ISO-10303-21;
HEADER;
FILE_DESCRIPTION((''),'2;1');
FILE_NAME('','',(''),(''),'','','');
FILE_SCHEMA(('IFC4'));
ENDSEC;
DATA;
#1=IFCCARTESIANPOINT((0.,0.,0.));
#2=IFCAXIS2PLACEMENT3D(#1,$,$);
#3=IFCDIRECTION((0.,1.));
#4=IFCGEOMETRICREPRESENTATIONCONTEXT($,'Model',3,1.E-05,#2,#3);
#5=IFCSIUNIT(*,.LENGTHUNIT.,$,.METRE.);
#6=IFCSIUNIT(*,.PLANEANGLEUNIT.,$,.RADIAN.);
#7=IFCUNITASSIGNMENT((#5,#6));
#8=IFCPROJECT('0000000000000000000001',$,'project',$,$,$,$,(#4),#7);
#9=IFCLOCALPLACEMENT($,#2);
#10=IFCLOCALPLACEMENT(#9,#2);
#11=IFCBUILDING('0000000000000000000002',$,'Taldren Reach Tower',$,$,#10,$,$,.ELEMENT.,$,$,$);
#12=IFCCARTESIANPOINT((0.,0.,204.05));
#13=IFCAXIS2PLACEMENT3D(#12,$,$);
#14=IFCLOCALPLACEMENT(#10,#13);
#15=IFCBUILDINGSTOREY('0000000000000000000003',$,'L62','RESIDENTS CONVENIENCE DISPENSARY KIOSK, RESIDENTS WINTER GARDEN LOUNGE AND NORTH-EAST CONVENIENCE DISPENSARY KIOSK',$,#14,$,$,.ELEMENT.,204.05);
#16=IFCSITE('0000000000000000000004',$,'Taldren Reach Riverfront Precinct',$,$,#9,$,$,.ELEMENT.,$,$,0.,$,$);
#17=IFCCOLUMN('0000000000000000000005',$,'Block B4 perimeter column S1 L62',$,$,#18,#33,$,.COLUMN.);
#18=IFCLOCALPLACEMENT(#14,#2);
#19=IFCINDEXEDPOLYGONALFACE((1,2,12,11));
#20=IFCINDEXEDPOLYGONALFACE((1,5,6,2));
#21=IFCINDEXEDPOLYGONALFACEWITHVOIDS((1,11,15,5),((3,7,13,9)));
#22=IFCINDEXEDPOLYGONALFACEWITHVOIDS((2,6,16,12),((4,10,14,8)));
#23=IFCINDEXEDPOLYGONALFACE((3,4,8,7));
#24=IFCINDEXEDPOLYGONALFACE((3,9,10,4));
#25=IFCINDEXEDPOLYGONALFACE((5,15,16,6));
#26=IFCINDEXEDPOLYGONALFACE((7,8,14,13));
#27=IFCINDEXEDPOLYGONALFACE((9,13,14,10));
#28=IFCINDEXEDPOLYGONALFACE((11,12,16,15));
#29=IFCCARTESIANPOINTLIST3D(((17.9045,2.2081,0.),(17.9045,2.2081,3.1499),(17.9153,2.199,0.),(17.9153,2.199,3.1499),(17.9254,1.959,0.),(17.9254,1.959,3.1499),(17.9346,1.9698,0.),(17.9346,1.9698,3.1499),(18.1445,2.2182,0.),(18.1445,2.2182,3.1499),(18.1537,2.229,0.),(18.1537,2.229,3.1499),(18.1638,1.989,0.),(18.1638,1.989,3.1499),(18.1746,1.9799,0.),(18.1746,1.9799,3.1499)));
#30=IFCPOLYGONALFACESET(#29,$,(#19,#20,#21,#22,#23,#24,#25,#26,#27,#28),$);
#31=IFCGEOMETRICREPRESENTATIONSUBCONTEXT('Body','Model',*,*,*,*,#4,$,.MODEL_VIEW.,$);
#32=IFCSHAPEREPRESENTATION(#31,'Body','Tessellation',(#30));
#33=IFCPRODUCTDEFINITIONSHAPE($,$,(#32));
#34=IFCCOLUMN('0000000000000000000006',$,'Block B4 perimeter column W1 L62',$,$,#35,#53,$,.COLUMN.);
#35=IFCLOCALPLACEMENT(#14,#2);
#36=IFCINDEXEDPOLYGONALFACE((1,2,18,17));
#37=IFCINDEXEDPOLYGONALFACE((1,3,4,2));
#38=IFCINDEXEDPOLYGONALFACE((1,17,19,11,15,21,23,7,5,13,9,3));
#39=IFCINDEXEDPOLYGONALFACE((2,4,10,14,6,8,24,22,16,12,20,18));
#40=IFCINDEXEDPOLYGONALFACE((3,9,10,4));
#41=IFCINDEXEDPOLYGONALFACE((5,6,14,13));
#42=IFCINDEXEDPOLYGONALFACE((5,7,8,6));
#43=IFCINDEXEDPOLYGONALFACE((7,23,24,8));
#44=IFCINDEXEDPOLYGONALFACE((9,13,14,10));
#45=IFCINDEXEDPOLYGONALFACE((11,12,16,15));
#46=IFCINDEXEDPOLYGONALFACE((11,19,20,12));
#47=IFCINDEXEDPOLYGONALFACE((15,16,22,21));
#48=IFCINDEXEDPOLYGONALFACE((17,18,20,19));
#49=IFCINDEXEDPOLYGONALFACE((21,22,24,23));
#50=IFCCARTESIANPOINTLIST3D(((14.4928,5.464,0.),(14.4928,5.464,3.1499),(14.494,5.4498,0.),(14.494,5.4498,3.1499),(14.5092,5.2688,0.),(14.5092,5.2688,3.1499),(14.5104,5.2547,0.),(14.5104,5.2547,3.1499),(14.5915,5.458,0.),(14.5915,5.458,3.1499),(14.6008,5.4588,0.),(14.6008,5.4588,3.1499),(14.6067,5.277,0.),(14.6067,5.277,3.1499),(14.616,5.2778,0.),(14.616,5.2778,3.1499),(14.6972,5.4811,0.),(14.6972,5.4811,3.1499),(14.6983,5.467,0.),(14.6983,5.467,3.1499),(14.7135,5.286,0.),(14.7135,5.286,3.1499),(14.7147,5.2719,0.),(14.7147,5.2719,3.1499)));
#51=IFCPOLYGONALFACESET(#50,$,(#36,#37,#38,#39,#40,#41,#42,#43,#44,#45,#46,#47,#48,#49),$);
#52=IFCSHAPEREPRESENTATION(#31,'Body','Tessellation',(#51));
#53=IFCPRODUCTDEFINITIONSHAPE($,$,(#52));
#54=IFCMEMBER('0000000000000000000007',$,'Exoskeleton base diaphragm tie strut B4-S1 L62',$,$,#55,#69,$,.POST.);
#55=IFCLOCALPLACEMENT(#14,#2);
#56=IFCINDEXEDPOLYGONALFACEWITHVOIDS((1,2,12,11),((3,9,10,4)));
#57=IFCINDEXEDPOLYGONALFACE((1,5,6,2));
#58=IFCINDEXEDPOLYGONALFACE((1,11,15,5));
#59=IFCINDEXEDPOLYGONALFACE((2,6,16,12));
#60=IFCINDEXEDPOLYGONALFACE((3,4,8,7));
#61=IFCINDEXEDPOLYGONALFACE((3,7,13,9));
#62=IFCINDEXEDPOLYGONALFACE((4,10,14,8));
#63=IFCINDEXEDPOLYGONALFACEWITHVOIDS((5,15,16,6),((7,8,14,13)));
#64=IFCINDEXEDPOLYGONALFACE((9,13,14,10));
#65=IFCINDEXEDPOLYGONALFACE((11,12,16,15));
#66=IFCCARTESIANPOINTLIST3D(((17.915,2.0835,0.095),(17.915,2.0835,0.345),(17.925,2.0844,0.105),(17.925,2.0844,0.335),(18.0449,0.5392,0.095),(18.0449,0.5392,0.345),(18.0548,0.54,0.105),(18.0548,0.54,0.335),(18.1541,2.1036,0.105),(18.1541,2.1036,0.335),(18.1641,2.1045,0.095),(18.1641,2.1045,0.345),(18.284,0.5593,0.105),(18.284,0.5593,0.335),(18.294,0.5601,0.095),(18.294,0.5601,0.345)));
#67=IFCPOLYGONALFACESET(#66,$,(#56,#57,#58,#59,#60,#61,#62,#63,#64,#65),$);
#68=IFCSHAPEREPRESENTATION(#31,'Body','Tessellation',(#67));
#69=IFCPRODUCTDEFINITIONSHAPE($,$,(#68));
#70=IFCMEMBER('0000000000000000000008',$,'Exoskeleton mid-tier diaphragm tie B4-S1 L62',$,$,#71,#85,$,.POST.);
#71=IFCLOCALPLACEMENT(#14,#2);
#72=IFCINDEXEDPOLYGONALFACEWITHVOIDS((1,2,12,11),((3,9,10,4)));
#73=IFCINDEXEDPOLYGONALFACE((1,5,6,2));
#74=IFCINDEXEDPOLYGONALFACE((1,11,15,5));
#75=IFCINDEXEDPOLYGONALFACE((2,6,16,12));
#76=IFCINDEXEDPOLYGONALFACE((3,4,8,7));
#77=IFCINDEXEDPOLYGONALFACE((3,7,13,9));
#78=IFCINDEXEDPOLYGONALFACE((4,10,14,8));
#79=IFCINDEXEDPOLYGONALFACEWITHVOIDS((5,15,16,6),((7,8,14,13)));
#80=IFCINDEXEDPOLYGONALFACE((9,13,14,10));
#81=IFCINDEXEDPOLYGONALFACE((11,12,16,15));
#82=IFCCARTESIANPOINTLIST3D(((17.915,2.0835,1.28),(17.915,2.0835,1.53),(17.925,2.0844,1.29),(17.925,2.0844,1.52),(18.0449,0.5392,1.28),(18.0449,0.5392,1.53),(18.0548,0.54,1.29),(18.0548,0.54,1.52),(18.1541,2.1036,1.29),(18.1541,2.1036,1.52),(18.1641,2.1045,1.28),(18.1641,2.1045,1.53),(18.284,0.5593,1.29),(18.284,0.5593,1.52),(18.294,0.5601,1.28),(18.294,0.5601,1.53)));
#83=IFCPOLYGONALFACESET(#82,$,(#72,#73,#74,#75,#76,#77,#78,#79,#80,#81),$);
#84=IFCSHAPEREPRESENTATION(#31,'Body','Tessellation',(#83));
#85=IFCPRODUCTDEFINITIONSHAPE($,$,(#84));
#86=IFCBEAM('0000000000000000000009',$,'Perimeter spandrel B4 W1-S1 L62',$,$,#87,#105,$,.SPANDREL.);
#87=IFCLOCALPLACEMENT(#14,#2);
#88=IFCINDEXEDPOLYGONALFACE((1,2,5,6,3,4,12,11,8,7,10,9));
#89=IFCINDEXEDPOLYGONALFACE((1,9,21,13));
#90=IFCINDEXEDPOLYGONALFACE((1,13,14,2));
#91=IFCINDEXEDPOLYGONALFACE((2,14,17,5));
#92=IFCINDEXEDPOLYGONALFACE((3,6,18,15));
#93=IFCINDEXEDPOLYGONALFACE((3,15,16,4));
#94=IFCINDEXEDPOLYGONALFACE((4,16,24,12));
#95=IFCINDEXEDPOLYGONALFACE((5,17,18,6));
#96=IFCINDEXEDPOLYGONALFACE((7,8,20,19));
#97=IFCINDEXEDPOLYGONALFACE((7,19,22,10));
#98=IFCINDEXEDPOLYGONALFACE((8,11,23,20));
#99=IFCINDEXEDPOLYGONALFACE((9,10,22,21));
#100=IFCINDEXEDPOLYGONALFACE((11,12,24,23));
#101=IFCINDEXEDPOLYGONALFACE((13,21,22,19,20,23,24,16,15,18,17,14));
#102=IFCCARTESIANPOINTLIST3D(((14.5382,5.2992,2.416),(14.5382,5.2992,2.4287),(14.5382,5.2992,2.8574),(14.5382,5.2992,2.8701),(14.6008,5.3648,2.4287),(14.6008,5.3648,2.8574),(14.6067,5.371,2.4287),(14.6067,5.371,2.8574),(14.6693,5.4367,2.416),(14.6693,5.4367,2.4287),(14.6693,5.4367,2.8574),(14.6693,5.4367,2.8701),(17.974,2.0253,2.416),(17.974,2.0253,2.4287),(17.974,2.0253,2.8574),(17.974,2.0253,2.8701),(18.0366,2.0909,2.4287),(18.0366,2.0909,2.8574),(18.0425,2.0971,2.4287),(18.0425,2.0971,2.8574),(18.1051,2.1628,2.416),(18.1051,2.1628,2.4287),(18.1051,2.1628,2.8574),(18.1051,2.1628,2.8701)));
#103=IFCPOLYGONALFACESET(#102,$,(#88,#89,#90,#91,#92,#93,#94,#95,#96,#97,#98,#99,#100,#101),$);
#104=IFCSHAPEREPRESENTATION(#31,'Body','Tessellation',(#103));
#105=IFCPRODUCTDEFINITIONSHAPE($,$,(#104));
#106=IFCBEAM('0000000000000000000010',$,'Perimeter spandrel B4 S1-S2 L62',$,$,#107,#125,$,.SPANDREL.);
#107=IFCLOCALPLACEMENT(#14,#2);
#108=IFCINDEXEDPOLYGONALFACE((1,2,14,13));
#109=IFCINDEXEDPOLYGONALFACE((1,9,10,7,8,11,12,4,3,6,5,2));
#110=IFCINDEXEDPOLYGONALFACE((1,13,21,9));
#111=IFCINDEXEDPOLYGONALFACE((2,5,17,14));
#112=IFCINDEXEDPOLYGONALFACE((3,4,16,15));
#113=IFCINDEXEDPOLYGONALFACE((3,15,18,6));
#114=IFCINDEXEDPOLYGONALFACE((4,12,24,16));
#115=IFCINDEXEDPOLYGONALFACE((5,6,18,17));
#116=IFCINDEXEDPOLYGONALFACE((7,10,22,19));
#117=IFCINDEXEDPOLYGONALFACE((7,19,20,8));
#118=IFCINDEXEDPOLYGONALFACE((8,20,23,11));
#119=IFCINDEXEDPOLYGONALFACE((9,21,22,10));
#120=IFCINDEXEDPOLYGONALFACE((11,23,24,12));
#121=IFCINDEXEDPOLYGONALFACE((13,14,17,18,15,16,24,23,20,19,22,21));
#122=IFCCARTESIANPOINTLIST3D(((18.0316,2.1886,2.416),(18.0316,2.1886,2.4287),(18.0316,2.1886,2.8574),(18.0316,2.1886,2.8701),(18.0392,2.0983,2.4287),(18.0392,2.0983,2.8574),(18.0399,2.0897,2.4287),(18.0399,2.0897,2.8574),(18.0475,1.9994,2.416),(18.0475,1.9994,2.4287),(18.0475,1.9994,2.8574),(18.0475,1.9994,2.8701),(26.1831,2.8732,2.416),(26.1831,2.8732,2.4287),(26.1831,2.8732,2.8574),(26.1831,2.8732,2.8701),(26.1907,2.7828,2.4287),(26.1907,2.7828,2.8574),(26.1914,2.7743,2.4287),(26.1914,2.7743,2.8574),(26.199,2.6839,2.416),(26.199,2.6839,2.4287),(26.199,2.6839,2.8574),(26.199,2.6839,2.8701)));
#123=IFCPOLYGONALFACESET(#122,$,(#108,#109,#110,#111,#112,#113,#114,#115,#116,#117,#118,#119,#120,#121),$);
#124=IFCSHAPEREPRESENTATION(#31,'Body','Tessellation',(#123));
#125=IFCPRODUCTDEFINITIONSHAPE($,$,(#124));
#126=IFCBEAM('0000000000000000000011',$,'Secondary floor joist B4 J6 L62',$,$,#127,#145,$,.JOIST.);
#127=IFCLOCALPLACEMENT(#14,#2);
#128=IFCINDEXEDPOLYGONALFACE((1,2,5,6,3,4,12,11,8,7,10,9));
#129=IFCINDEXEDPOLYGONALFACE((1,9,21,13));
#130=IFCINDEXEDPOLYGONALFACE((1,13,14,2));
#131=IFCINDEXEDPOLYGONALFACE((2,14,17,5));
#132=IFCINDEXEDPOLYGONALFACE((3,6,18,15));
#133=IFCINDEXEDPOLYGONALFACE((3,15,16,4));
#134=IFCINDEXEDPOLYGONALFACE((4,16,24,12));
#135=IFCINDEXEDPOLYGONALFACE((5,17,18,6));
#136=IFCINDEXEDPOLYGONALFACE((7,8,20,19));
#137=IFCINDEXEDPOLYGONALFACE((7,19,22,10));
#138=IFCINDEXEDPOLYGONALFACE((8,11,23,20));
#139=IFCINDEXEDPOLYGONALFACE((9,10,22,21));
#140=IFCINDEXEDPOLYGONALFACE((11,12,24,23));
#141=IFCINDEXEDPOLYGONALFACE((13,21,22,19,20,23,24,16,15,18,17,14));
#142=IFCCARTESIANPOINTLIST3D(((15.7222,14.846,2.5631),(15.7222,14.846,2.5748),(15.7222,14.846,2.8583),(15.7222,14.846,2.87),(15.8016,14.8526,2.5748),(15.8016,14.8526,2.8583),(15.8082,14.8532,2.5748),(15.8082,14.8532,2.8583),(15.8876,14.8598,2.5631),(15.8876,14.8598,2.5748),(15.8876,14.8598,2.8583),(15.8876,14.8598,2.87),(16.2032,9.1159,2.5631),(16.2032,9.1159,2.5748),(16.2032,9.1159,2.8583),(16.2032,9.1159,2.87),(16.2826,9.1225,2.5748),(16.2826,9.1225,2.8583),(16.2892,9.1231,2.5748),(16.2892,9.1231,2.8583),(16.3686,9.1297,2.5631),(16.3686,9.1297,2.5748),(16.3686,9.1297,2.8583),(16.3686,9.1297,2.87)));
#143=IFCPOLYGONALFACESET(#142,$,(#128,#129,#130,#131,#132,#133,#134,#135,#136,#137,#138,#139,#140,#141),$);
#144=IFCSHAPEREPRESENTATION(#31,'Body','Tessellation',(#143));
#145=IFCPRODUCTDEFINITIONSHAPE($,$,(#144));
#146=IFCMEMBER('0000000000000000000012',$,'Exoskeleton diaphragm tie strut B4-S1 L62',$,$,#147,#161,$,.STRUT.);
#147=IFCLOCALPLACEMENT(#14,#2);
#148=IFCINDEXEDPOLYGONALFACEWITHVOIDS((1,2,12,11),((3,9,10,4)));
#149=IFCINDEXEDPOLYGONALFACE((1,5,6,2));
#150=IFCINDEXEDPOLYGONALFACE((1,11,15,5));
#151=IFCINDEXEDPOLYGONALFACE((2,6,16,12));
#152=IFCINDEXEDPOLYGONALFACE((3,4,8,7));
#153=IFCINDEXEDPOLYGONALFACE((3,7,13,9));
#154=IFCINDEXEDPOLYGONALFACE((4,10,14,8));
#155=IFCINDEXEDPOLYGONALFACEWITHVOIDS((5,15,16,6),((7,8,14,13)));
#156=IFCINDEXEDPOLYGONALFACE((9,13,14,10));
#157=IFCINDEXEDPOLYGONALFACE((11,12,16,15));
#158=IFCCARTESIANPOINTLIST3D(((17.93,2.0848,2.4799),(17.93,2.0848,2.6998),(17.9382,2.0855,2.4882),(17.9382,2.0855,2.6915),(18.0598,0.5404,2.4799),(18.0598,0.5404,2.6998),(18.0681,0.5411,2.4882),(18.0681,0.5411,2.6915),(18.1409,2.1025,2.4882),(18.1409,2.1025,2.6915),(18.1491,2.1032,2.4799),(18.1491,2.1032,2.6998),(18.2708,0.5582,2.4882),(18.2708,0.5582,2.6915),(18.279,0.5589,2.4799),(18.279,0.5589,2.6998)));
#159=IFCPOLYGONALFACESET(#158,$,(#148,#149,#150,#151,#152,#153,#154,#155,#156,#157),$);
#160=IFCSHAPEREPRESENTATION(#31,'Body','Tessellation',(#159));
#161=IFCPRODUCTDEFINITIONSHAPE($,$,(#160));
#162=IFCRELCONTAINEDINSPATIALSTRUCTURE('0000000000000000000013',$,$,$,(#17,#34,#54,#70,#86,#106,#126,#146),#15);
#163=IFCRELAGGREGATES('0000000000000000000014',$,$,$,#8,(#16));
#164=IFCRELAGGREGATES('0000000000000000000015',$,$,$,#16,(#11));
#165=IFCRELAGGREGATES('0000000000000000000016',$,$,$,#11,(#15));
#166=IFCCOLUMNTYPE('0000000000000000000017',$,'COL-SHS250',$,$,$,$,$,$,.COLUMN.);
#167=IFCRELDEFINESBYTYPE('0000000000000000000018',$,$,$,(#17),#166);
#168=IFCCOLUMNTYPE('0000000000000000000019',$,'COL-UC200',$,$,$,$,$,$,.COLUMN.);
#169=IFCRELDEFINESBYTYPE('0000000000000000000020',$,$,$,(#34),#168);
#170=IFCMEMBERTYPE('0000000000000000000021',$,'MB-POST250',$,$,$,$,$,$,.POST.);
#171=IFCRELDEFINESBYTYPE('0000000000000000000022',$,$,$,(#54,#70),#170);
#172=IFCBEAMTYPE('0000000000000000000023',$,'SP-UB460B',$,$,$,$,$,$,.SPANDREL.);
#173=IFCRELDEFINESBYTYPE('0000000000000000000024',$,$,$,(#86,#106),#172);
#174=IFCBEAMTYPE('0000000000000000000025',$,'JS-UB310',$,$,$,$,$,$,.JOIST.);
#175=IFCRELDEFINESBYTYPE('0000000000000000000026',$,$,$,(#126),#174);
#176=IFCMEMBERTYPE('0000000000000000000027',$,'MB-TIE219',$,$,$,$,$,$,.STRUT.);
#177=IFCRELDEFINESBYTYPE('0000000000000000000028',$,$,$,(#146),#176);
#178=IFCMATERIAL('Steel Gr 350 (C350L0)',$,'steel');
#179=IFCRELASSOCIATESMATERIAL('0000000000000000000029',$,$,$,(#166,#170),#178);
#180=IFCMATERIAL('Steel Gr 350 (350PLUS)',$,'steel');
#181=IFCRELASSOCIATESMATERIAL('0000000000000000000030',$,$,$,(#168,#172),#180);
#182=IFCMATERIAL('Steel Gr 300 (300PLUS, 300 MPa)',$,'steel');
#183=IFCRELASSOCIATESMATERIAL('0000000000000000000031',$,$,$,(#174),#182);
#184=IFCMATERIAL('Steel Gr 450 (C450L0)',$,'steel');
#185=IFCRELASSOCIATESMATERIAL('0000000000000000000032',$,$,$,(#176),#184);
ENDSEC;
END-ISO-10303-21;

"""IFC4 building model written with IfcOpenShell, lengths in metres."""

from ifc_helpers import new_model, si_unit, direction, frame, origin, origin_2d, place, context, subcontext, project, spatial, hollow_rectangle, i_section, extrude, source, transform, mapped, material, material_profile, profile_set, type_object, element, save


model = new_model("IFC4")

# Units and contexts
model_context = context("Model", 3, precision=1e-05, world=origin(), true_north=direction((0.0, 1.0)))
body_context = subcontext(model_context, "Body", "Model", "MODEL_VIEW")
ifc_project = project(units=[si_unit("LENGTHUNIT", "METRE"), si_unit("PLANEANGLEUNIT", "RADIAN")], contexts=[model_context])

# Site, building, storey
site_placement = place(None, origin())
site = spatial("IfcSite", under=ifc_project, at=site_placement, Name="Taldren Reach Riverfront Precinct", CompositionType="ELEMENT", RefElevation=0.0)
building_placement = place(site_placement, origin())
building = spatial("IfcBuilding", under=site, at=building_placement, Name="Taldren Reach Tower", CompositionType="ELEMENT")
storey_placement = place(building_placement, frame((0.0, 0.0, 204.05)))
storey = spatial("IfcBuildingStorey", under=building, at=storey_placement, Name="L62", Description="RESIDENTS CONVENIENCE DISPENSARY KIOSK, RESIDENTS WINTER GARDEN LOUNGE AND NORTH-EAST CONVENIENCE DISPENSARY KIOSK", CompositionType="ELEMENT", Elevation=204.05)

# Columns
ifc_material_1 = material(Name="Steel Gr 350 (C350L0)", Category="steel")
ifc_material_profile_1 = material_profile(ifc_material_1, hollow_rectangle(XDim=0.25, YDim=0.25, WallThickness=0.01, at=origin_2d()), Name="250x250x10.0SHS")
ifc_profile_set_1 = profile_set([ifc_material_profile_1], Name="Steel Gr 350 (C350L0)")
column_type_1 = type_object("IfcColumnType", Name="COL-SHS250", PredefinedType="COLUMN", material=ifc_profile_set_1)
shared_shape_1 = source(origin(), body_context, "Body", "SweptSolid", [
    extrude(hollow_rectangle(XDim=0.25, YDim=0.25, WallThickness=0.01, at=origin_2d()), origin(), (0.0, 0.0, 1.0), 3.1499),
])
column_1_placement = place(storey_placement, frame((18.0396, 2.094, 0.0), z_axis=(0.0, 0.0, 1.0), x_axis=(0.996493, 0.083678, 0.0)))
element("IfcColumn", 1, at=column_1_placement, inside=storey, type_object=column_type_1, Name="Block B4 perimeter column S1 L62", PredefinedType="COLUMN", context=body_context, shape_type="MappedRepresentation", body=[
    mapped(shared_shape_1, transform((0.0, 0.0, 0.0), scale=1.0)),
])
ifc_material_2 = material(Name="Steel Gr 350 (350PLUS)", Category="steel")
ifc_material_profile_2 = material_profile(ifc_material_2, i_section(OverallWidth=0.2051, OverallDepth=0.21, WebThickness=0.0093, FlangeThickness=0.0142, at=origin_2d()), Name="200UC59.5")
ifc_profile_set_2 = profile_set([ifc_material_profile_2], Name="Steel Gr 350 (350PLUS)")
column_type_2 = type_object("IfcColumnType", Name="COL-UC200", PredefinedType="COLUMN", material=ifc_profile_set_2)
shared_shape_2 = source(origin(), body_context, "Body", "SweptSolid", [
    extrude(i_section(OverallWidth=0.2051, OverallDepth=0.21, WebThickness=0.0093, FlangeThickness=0.0142, at=origin_2d()), origin(), (0.0, 0.0, 1.0), 3.1499),
])
column_2_placement = place(storey_placement, frame((14.6038, 5.3679, 0.0), z_axis=(0.0, 0.0, 1.0), x_axis=(0.996493, 0.083678, 0.0)))
element("IfcColumn", 2, at=column_2_placement, inside=storey, type_object=column_type_2, Name="Block B4 perimeter column W1 L62", PredefinedType="COLUMN", context=body_context, shape_type="MappedRepresentation", body=[
    mapped(shared_shape_2, transform((0.0, 0.0, 0.0), scale=1.0)),
])

# Members
ifc_material_profile_3 = material_profile(ifc_material_1, hollow_rectangle(XDim=0.25, YDim=0.25, WallThickness=0.01, at=origin_2d()), Name="250x250x10.0SHS")
ifc_profile_set_3 = profile_set([ifc_material_profile_3], Name="Steel Gr 350 (C350L0)")
member_type_1 = type_object("IfcMemberType", Name="MB-POST250", PredefinedType="POST", material=ifc_profile_set_3)
shared_shape_3 = source(origin(), body_context, "Body", "SweptSolid", [
    extrude(hollow_rectangle(XDim=0.25, YDim=0.25, WallThickness=0.01, at=origin_2d()), origin(), (0.0, 0.0, 1.0), 1.5498),
])
for number, where, z_axis, x_axis, name in (
    (3, (18.0396, 2.094, 0.22), (0.083802, -0.996482, 0.0), (0.996482, 0.083802, 0.0), "Exoskeleton base diaphragm tie strut B4-S1 L62"),
    (4, (18.0396, 2.094, 1.405), (0.083802, -0.996482, 0.0), (0.996482, 0.083802, 0.0), "Exoskeleton mid-tier diaphragm tie B4-S1 L62"),
):
    element("IfcMember", number, at=place(storey_placement, frame(where, z_axis=z_axis, x_axis=x_axis)), inside=storey, type_object=member_type_1, Name=name, PredefinedType="POST", context=body_context, shape_type="MappedRepresentation", body=[
        mapped(shared_shape_3, transform((0.0, 0.0, 0.0), scale=1.0)),
    ])

# Beams
ifc_material_profile_4 = material_profile(ifc_material_2, i_section(OverallWidth=0.1899, OverallDepth=0.4541, WebThickness=0.0085, FlangeThickness=0.0127, at=origin_2d()), Name="460UB67.1")
ifc_profile_set_4 = profile_set([ifc_material_profile_4], Name="Steel Gr 350 (350PLUS)")
beam_type_1 = type_object("IfcBeamType", Name="SP-UB460B", PredefinedType="SPANDREL", material=ifc_profile_set_4)
shared_shape_4 = source(origin(), body_context, "Body", "SweptSolid", [
    extrude(i_section(OverallWidth=0.1899, OverallDepth=0.4541, WebThickness=0.0085, FlangeThickness=0.0127, at=origin_2d()), origin(), (0.0, 0.0, 1.0), 4.7458),
])
beam_1_placement = place(storey_placement, frame((14.6038, 5.3679, 2.6431), z_axis=(0.723954, -0.689848, 0.0), x_axis=(0.689848, 0.723954, 0.0)))
element("IfcBeam", 5, at=beam_1_placement, inside=storey, type_object=beam_type_1, Name="Perimeter spandrel B4 W1-S1 L62", PredefinedType="SPANDREL", context=body_context, shape_type="MappedRepresentation", body=[
    mapped(shared_shape_4, transform((0.0, 0.0, 0.0), scale=1.0)),
])
shared_shape_5 = source(origin(), body_context, "Body", "SweptSolid", [
    extrude(i_section(OverallWidth=0.1899, OverallDepth=0.4541, WebThickness=0.0085, FlangeThickness=0.0127, at=origin_2d()), origin(), (0.0, 0.0, 1.0), 8.1802),
])
beam_2_placement = place(storey_placement, frame((18.0396, 2.094, 2.6431), z_axis=(0.996492, 0.083688, 0.0), x_axis=(-0.083688, 0.996492, 0.0)))
element("IfcBeam", 6, at=beam_2_placement, inside=storey, type_object=beam_type_1, Name="Perimeter spandrel B4 S1-S2 L62", PredefinedType="SPANDREL", context=body_context, shape_type="MappedRepresentation", body=[
    mapped(shared_shape_5, transform((0.0, 0.0, 0.0), scale=1.0)),
])
ifc_material_3 = material(Name="Steel Gr 300 (300PLUS, 300 MPa)", Category="steel")
ifc_material_profile_5 = material_profile(ifc_material_3, i_section(OverallWidth=0.166, OverallDepth=0.3069, WebThickness=0.0066, FlangeThickness=0.0117, at=origin_2d()), Name="310UB46.2")
ifc_profile_set_5 = profile_set([ifc_material_profile_5], Name="Steel Gr 300 (300PLUS, 300 MPa)")
beam_type_2 = type_object("IfcBeamType", Name="JS-UB310", PredefinedType="JOIST", material=ifc_profile_set_5)
shared_shape_6 = source(origin(), body_context, "Body", "SweptSolid", [
    extrude(i_section(OverallWidth=0.166, OverallDepth=0.3069, WebThickness=0.0066, FlangeThickness=0.0117, at=origin_2d()), origin(), (0.0, 0.0, 1.0), 5.7502),
])
beam_3_placement = place(storey_placement, frame((16.2859, 9.1228, 2.7166), z_axis=(-0.083643, 0.996496, 0.0), x_axis=(-0.996496, -0.083643, 0.0)))
element("IfcBeam", 7, at=beam_3_placement, inside=storey, type_object=beam_type_2, Name="Secondary floor joist B4 J6 L62", PredefinedType="JOIST", context=body_context, shape_type="MappedRepresentation", body=[
    mapped(shared_shape_6, transform((0.0, 0.0, 0.0), scale=1.0)),
])

# Member
ifc_material_4 = material(Name="Steel Gr 450 (C450L0)", Category="steel")
ifc_material_profile_6 = material_profile(ifc_material_4, hollow_rectangle(XDim=0.22, YDim=0.22, WallThickness=0.0083, at=origin_2d()), Name="220x220x8.2SHS")
ifc_profile_set_6 = profile_set([ifc_material_profile_6], Name="Steel Gr 450 (C450L0)")
member_type_2 = type_object("IfcMemberType", Name="MB-TIE219", PredefinedType="STRUT", material=ifc_profile_set_6)
shared_shape_7 = source(origin(), body_context, "Body", "SweptSolid", [
    extrude(hollow_rectangle(XDim=0.22, YDim=0.22, WallThickness=0.0083, at=origin_2d()), origin(), (0.0, 0.0, 1.0), 1.5498),
])
member_1_placement = place(storey_placement, frame((18.0396, 2.094, 2.5898), z_axis=(0.083802, -0.996482, 0.0), x_axis=(0.996482, 0.083802, 0.0)))
element("IfcMember", 8, at=member_1_placement, inside=storey, type_object=member_type_2, Name="Exoskeleton diaphragm tie strut B4-S1 L62", PredefinedType="STRUT", context=body_context, shape_type="MappedRepresentation", body=[
    mapped(shared_shape_7, transform((0.0, 0.0, 0.0), scale=1.0)),
])

save(model, "model.ifc")
